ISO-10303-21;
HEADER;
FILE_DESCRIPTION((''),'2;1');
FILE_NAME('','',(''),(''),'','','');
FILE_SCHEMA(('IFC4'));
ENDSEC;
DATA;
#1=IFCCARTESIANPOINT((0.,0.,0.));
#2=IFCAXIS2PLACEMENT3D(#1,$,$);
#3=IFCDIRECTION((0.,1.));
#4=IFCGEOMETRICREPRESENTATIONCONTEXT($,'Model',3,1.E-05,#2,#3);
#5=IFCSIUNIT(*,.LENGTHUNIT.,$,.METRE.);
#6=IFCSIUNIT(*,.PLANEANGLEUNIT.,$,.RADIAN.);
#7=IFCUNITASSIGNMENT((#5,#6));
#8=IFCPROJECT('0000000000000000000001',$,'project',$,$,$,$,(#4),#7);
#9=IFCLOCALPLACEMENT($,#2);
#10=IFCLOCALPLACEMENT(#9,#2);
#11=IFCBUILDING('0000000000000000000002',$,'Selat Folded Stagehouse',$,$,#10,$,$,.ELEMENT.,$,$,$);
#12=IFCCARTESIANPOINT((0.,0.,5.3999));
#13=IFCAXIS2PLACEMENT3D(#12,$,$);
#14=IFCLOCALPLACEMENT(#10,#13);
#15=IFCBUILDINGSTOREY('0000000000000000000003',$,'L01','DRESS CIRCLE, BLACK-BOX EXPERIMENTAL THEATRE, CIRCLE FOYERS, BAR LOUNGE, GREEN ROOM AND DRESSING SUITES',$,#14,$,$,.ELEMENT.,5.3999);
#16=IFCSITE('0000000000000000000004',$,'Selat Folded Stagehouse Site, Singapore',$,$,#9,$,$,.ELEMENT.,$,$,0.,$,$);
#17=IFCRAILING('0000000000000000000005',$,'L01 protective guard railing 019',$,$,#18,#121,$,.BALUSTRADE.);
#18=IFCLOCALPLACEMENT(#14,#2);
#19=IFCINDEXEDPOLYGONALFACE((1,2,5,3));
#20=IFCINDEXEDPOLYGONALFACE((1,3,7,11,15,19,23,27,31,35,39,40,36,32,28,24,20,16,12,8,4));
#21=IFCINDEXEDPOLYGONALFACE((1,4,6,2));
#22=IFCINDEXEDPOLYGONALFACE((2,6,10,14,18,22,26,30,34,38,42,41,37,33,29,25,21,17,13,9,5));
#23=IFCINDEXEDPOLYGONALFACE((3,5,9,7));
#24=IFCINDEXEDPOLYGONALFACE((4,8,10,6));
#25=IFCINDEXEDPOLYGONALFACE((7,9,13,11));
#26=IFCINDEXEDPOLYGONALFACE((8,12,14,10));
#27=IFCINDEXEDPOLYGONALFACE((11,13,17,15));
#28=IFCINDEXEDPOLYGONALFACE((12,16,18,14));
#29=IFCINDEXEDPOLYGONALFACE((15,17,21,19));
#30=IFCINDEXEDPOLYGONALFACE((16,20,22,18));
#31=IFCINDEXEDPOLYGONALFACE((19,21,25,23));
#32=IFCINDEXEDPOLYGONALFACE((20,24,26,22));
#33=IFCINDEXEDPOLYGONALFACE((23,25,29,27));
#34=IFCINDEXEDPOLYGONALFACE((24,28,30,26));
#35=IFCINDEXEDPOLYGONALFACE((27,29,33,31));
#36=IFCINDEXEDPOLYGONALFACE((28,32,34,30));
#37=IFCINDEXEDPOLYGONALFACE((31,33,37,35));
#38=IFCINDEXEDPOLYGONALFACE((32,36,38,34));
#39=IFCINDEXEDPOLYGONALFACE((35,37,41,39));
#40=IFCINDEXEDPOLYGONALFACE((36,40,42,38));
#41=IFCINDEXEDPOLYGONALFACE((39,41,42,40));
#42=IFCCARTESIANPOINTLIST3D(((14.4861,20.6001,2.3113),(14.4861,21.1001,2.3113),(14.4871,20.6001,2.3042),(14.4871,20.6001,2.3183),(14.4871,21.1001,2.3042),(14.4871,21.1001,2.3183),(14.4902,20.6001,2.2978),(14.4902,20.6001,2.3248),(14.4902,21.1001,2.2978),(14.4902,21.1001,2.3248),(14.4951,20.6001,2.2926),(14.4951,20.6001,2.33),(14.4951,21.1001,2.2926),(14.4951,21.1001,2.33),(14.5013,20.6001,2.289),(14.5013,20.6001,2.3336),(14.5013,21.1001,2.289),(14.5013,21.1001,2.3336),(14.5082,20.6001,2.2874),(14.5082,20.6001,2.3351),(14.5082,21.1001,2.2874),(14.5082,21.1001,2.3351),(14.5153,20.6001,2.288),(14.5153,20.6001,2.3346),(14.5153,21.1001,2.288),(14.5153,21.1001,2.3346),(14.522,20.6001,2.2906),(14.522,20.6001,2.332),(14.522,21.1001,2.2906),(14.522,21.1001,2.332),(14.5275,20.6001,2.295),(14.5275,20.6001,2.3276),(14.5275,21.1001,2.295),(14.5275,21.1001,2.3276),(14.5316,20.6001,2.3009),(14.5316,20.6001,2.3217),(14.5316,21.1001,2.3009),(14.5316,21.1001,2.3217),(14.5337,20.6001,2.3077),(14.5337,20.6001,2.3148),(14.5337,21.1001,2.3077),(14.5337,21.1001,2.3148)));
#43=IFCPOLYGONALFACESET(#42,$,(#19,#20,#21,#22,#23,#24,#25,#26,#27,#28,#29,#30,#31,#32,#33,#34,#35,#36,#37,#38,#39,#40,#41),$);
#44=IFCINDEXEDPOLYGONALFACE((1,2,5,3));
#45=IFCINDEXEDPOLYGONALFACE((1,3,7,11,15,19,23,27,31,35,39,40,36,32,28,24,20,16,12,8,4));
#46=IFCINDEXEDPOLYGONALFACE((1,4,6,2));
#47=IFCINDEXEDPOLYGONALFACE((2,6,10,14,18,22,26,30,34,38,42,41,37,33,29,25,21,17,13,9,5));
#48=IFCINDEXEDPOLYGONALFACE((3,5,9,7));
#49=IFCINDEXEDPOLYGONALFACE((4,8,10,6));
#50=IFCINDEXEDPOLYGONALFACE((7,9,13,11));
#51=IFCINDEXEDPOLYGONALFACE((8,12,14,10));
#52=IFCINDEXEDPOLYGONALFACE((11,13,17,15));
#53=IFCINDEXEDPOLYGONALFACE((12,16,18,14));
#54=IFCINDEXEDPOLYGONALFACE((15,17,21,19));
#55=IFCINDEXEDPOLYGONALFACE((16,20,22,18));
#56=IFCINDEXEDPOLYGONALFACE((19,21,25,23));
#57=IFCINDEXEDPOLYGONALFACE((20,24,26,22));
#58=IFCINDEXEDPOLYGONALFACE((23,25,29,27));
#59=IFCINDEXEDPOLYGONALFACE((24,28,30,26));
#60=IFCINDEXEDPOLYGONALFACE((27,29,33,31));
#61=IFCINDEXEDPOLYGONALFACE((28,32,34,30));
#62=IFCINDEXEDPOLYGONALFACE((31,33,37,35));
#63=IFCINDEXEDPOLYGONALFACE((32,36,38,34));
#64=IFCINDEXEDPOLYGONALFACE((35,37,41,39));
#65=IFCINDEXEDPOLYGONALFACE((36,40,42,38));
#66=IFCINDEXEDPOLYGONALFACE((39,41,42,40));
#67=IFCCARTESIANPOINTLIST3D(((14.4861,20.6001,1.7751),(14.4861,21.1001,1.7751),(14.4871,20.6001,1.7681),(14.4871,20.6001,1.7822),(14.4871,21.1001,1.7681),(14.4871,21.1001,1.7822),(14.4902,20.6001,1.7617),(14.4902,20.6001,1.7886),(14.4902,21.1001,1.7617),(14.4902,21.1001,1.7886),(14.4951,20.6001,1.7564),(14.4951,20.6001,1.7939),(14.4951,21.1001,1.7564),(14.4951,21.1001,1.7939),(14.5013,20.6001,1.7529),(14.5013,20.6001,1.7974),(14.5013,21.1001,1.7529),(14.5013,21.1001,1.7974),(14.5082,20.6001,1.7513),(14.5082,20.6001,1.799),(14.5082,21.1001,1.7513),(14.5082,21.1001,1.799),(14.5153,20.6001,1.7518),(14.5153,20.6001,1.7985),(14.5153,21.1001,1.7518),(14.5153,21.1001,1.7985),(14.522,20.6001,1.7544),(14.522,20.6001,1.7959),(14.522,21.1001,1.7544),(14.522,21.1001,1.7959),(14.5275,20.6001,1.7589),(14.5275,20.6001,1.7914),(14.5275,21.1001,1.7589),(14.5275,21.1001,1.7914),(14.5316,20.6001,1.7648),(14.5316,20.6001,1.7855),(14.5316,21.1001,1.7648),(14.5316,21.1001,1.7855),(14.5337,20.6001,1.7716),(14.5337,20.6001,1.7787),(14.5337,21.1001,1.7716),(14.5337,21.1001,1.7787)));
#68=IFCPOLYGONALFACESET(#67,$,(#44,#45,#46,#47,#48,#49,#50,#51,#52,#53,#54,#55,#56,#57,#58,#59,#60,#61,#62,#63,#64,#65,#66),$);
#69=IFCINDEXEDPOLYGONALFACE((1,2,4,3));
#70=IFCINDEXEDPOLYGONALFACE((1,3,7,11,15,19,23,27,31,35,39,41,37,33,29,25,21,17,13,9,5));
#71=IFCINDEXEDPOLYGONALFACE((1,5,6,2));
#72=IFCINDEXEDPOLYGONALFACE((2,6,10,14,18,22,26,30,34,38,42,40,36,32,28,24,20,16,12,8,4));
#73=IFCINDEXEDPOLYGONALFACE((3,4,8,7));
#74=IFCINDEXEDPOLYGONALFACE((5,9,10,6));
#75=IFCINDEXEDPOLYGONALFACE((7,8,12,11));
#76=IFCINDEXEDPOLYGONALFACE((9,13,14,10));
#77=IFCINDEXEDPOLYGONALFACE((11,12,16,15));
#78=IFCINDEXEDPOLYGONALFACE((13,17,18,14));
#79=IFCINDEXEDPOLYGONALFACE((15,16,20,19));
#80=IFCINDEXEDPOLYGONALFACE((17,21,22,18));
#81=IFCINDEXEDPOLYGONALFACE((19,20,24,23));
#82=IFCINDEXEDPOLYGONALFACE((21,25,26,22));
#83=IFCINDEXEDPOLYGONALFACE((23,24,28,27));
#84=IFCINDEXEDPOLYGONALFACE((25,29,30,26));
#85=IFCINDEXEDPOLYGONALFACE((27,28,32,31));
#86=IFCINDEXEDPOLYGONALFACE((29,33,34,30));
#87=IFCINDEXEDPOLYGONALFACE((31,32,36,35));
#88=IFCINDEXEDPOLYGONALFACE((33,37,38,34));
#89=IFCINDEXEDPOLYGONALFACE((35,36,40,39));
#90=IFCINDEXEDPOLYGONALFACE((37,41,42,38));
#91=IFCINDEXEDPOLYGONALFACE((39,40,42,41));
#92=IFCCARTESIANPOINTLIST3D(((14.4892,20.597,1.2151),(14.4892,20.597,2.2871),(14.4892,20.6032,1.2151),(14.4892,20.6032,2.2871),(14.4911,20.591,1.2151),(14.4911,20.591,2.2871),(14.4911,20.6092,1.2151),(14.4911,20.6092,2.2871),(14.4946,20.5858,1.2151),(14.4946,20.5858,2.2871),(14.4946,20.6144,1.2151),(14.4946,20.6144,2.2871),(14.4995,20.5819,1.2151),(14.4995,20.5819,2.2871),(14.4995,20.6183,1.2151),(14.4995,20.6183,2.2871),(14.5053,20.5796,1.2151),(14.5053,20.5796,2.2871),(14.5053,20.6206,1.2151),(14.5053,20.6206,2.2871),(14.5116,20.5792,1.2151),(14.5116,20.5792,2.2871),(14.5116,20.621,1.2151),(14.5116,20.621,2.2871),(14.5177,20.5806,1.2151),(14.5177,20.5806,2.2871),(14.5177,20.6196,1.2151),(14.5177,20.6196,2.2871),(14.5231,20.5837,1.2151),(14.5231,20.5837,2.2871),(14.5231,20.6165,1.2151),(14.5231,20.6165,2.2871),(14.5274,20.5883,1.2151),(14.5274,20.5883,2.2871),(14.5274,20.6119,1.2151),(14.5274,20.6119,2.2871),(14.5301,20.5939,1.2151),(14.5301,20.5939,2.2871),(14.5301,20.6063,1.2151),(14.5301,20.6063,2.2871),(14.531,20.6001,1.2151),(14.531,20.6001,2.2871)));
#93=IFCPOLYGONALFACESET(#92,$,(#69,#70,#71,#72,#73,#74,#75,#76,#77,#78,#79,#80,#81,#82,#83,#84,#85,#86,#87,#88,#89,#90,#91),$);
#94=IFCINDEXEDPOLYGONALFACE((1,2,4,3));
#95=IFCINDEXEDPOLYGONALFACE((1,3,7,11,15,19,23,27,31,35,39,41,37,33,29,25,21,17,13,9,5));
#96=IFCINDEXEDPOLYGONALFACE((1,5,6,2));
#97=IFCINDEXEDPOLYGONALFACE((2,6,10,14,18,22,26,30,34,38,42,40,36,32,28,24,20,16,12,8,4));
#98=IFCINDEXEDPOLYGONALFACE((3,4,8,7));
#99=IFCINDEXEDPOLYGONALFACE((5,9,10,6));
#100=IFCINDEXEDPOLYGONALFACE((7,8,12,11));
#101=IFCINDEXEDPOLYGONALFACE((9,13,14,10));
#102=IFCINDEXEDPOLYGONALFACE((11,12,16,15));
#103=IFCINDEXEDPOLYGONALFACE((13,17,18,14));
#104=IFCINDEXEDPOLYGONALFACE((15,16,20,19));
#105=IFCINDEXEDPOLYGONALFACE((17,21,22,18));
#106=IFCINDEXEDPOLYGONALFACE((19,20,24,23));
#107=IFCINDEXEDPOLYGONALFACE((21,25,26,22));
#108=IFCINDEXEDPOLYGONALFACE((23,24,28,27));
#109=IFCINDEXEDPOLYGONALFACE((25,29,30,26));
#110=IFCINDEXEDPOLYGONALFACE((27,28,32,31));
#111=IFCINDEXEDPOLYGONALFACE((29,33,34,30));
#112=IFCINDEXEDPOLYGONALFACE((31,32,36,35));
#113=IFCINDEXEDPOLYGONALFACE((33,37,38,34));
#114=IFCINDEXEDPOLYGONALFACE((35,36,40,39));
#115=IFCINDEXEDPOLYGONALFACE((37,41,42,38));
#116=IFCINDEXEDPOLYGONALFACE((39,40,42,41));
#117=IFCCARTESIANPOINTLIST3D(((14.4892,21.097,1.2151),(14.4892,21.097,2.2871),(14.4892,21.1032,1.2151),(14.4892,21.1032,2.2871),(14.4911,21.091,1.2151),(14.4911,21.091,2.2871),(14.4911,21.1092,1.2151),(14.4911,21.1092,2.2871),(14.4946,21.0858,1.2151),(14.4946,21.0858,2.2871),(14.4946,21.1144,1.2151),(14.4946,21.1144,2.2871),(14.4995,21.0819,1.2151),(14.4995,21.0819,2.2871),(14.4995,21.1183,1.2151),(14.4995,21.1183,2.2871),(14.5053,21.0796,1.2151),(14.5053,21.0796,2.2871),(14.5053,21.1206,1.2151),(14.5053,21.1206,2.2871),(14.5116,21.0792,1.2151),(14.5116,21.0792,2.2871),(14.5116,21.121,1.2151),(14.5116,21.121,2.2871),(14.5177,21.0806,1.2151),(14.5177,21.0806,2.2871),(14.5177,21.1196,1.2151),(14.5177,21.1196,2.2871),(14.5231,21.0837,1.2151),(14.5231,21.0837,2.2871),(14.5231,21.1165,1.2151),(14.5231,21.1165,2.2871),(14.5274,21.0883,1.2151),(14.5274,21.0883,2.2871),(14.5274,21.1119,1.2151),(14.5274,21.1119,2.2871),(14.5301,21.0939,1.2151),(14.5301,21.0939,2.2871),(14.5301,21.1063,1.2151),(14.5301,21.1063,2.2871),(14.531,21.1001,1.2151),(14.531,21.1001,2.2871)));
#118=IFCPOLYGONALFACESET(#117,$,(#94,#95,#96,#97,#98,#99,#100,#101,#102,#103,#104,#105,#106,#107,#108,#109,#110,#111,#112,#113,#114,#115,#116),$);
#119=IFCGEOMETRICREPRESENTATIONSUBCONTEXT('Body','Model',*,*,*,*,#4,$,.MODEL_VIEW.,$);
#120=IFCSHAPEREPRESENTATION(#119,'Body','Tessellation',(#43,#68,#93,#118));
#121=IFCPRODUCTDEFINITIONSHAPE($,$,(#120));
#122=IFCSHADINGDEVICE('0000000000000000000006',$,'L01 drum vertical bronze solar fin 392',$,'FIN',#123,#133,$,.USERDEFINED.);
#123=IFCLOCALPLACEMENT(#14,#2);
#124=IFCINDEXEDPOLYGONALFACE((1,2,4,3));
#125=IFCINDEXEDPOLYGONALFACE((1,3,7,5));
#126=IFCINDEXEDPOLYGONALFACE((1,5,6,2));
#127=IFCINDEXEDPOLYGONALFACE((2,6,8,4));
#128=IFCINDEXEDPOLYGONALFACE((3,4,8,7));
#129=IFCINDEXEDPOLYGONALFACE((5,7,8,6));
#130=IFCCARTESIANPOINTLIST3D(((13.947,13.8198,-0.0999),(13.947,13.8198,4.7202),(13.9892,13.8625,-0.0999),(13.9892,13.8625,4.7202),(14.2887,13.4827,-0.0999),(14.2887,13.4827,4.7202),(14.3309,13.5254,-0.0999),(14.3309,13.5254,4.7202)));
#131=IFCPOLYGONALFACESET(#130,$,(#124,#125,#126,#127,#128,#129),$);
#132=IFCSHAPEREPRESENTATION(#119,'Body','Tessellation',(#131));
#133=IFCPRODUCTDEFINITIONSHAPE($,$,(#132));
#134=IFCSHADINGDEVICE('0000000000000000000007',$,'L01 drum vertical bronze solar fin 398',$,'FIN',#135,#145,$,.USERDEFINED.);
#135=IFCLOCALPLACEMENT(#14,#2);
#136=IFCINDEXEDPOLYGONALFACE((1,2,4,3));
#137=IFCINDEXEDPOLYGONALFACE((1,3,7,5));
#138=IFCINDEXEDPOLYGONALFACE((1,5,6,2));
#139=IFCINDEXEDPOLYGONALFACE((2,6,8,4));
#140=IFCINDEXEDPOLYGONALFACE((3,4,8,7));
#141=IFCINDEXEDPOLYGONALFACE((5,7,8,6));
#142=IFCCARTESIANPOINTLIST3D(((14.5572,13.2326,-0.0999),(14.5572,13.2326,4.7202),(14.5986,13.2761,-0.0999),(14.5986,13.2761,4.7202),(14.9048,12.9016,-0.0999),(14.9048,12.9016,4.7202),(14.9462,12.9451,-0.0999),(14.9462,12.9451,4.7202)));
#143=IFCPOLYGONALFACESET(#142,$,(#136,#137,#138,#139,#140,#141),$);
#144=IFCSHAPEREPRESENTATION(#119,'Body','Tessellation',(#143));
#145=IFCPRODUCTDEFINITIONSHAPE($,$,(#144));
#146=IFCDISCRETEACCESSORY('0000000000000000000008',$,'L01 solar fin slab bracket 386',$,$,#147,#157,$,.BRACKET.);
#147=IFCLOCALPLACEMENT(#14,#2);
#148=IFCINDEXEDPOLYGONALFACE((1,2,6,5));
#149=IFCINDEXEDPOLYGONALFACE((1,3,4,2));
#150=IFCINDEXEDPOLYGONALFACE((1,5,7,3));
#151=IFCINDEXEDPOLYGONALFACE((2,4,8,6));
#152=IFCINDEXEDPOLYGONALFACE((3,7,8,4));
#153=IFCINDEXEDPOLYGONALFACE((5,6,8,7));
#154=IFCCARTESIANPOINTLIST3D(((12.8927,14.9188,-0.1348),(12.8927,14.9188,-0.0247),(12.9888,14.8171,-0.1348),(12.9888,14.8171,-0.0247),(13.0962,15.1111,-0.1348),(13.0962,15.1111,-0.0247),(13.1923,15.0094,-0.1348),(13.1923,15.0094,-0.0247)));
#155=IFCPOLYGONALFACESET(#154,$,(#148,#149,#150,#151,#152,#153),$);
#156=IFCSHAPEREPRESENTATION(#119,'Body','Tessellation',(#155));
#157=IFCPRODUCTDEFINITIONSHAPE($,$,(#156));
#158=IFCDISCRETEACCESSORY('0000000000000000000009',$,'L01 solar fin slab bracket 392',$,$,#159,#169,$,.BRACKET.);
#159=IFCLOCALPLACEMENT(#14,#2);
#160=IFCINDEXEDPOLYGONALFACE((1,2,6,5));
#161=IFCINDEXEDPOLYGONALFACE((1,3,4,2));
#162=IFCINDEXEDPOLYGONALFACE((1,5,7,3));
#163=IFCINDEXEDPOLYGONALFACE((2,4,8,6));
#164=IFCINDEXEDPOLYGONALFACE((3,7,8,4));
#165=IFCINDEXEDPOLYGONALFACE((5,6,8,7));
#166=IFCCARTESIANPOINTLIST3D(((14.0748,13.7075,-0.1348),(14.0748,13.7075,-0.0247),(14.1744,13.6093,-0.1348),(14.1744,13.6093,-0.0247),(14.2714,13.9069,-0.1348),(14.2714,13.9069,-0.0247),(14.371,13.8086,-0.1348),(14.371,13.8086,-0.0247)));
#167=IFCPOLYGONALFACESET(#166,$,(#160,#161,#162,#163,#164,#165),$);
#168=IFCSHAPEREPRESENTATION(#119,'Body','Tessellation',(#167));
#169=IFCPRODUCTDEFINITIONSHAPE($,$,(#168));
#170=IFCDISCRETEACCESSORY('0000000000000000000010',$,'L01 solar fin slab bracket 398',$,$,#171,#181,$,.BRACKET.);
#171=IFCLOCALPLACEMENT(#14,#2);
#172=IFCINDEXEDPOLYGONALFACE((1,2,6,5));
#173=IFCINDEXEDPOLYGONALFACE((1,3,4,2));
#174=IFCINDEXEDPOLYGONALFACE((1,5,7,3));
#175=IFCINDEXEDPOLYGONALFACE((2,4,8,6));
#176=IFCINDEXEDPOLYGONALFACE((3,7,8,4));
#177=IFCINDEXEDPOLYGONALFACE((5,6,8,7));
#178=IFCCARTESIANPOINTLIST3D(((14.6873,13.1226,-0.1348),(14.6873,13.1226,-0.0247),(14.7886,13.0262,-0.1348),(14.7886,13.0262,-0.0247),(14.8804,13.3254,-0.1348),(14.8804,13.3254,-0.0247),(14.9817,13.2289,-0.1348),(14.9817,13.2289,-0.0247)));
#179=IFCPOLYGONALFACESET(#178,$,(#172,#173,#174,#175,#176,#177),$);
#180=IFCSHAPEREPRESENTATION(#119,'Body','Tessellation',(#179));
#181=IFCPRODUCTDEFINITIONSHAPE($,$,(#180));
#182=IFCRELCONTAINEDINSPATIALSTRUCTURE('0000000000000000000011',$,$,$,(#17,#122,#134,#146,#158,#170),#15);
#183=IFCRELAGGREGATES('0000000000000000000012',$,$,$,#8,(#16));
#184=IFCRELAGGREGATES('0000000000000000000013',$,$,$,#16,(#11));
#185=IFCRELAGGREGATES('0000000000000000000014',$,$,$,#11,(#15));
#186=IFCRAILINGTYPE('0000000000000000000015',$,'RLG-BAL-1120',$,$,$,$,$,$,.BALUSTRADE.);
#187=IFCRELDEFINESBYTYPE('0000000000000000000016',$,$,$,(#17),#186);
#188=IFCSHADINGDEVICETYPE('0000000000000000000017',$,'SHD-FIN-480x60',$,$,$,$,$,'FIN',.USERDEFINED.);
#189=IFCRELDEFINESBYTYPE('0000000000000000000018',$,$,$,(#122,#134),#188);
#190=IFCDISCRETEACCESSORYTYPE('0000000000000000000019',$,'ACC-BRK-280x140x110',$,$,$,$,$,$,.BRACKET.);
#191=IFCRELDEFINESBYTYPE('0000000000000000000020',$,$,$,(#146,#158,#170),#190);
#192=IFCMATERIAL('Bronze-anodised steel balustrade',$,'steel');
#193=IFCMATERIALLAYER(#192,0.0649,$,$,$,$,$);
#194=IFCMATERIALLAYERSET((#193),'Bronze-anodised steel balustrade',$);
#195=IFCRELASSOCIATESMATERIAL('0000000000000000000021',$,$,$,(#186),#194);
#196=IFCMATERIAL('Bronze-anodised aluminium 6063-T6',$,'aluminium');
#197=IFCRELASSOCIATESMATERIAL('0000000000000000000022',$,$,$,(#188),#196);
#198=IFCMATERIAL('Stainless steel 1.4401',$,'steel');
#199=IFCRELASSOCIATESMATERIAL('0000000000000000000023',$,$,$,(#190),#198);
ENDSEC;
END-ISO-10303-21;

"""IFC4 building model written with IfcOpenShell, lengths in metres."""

from ifc_helpers import new_model, si_unit, direction, frame, origin, origin_2d, place, context, subcontext, project, spatial, rectangle, circle, extrude, material, layer, layer_set, material_profile, profile_set, type_object, element, save


model = new_model("IFC4")

# Units and contexts
model_context = context("Model", 3, precision=1e-05, world=origin(), true_north=direction((0.0, 1.0)))
body_context = subcontext(model_context, "Body", "Model", "MODEL_VIEW")
ifc_project = project(units=[si_unit("LENGTHUNIT", "METRE"), si_unit("PLANEANGLEUNIT", "RADIAN")], contexts=[model_context])

# Site, building, storey
site_placement = place(None, origin())
site = spatial("IfcSite", under=ifc_project, at=site_placement, Name="Selat Folded Stagehouse Site, Singapore", CompositionType="ELEMENT", RefElevation=0.0)
building_placement = place(site_placement, origin())
building = spatial("IfcBuilding", under=site, at=building_placement, Name="Selat Folded Stagehouse", CompositionType="ELEMENT")
storey_placement = place(building_placement, frame((0.0, 0.0, 5.3999)))
storey = spatial("IfcBuildingStorey", under=building, at=storey_placement, Name="L01", Description="DRESS CIRCLE, BLACK-BOX EXPERIMENTAL THEATRE, CIRCLE FOYERS, BAR LOUNGE, GREEN ROOM AND DRESSING SUITES", CompositionType="ELEMENT", Elevation=5.3999)

# Railing
ifc_material_1 = material(Name="Bronze-anodised steel balustrade", Category="steel")
ifc_layer_1 = layer(ifc_material_1, 0.0649)
ifc_layer_set_1 = layer_set([ifc_layer_1], Name="Bronze-anodised steel balustrade")
railing_type = type_object("IfcRailingType", Name="RLG-BAL-1120", PredefinedType="BALUSTRADE", material=ifc_layer_set_1)
railing_1_placement = place(storey_placement, frame((14.51, 20.6001, 1.2151)))
element("IfcRailing", 1, at=railing_1_placement, inside=storey, type_object=railing_type, Name="L01 protective guard railing 019", PredefinedType="BALUSTRADE", context=body_context, shape_type="SweptSolid", body=[
    extrude(circle(Radius=0.0239, at=origin_2d()), frame((0.0, 0.0, 1.0962), z_axis=(0.0, 1.0, 0.0), x_axis=(-1.0, 0.0, 0.0)), (0.0, 0.0, 1.0), 0.5),
    extrude(circle(Radius=0.0239, at=origin_2d()), frame((0.0, 0.0, 0.5601), z_axis=(0.0, 1.0, 0.0), x_axis=(-1.0, 0.0, 0.0)), (0.0, 0.0, 1.0), 0.5),
    extrude(circle(Radius=0.021, at=origin_2d()), origin(), (0.0, 0.0, 1.0), 1.072),
    extrude(circle(Radius=0.021, at=origin_2d()), frame((0.0, 0.5, 0.0)), (0.0, 0.0, 1.0), 1.072),
])

# Shading devices
ifc_material_2 = material(Name="Bronze-anodised aluminium 6063-T6", Category="aluminium")
ifc_material_profile_1 = material_profile(ifc_material_2, rectangle(XDim=0.0601, YDim=0.48, at=origin_2d()), Name="SOLAR-FIN 480x60")
ifc_profile_set_1 = profile_set([ifc_material_profile_1], Name="Bronze-anodised aluminium 6063-T6")
shading_device_type = type_object("IfcShadingDeviceType", Name="SHD-FIN-480x60", ElementType="FIN", PredefinedType="USERDEFINED", material=ifc_profile_set_1)
for number, where, z_axis, x_axis, name in (
    (2, (14.1389, 13.6726, -0.0999), (0.0, 0.0, 1.0), (-0.702277, -0.711903, 0.0), "L01 drum vertical bronze solar fin 392"),
    (3, (14.7517, 13.0889, -0.0999), (0.0, 0.0, 1.0), (-0.68962, -0.724172, 0.0), "L01 drum vertical bronze solar fin 398"),
):
    element("IfcShadingDevice", number, at=place(storey_placement, frame(where, z_axis=z_axis, x_axis=x_axis)), inside=storey, type_object=shading_device_type, Name=name, ObjectType="FIN", PredefinedType="USERDEFINED", context=body_context, shape_type="SweptSolid", body=[
        extrude(rectangle(XDim=0.0601, YDim=0.48, at=origin_2d()), origin(), (0.0, 0.0, 1.0), 4.8201),
    ])

# Discrete accessories
ifc_material_3 = material(Name="Stainless steel 1.4401", Category="steel")
discrete_accessory_type = type_object("IfcDiscreteAccessoryType", Name="ACC-BRK-280x140x110", PredefinedType="BRACKET", material=ifc_material_3)
for number, where, z_axis, x_axis, name in (
    (4, (13.0425, 14.9641, -0.1348), (0.0, 0.0, 1.0), (-0.726814, -0.686834, 0.0), "L01 solar fin slab bracket 386"),
    (5, (14.2229, 13.7581, -0.1348), (0.0, 0.0, 1.0), (-0.702277, -0.711903, 0.0), "L01 solar fin slab bracket 392"),
    (6, (14.8345, 13.1758, -0.1348), (0.0, 0.0, 1.0), (-0.68962, -0.724172, 0.0), "L01 solar fin slab bracket 398"),
):
    element("IfcDiscreteAccessory", number, at=place(storey_placement, frame(where, z_axis=z_axis, x_axis=x_axis)), inside=storey, type_object=discrete_accessory_type, Name=name, PredefinedType="BRACKET", context=body_context, shape_type="SweptSolid", body=[
        extrude(rectangle(XDim=0.28, YDim=0.1399, at=origin_2d()), origin(), (0.0, 0.0, 1.0), 0.1101),
    ])

save(model, "model.ifc")
